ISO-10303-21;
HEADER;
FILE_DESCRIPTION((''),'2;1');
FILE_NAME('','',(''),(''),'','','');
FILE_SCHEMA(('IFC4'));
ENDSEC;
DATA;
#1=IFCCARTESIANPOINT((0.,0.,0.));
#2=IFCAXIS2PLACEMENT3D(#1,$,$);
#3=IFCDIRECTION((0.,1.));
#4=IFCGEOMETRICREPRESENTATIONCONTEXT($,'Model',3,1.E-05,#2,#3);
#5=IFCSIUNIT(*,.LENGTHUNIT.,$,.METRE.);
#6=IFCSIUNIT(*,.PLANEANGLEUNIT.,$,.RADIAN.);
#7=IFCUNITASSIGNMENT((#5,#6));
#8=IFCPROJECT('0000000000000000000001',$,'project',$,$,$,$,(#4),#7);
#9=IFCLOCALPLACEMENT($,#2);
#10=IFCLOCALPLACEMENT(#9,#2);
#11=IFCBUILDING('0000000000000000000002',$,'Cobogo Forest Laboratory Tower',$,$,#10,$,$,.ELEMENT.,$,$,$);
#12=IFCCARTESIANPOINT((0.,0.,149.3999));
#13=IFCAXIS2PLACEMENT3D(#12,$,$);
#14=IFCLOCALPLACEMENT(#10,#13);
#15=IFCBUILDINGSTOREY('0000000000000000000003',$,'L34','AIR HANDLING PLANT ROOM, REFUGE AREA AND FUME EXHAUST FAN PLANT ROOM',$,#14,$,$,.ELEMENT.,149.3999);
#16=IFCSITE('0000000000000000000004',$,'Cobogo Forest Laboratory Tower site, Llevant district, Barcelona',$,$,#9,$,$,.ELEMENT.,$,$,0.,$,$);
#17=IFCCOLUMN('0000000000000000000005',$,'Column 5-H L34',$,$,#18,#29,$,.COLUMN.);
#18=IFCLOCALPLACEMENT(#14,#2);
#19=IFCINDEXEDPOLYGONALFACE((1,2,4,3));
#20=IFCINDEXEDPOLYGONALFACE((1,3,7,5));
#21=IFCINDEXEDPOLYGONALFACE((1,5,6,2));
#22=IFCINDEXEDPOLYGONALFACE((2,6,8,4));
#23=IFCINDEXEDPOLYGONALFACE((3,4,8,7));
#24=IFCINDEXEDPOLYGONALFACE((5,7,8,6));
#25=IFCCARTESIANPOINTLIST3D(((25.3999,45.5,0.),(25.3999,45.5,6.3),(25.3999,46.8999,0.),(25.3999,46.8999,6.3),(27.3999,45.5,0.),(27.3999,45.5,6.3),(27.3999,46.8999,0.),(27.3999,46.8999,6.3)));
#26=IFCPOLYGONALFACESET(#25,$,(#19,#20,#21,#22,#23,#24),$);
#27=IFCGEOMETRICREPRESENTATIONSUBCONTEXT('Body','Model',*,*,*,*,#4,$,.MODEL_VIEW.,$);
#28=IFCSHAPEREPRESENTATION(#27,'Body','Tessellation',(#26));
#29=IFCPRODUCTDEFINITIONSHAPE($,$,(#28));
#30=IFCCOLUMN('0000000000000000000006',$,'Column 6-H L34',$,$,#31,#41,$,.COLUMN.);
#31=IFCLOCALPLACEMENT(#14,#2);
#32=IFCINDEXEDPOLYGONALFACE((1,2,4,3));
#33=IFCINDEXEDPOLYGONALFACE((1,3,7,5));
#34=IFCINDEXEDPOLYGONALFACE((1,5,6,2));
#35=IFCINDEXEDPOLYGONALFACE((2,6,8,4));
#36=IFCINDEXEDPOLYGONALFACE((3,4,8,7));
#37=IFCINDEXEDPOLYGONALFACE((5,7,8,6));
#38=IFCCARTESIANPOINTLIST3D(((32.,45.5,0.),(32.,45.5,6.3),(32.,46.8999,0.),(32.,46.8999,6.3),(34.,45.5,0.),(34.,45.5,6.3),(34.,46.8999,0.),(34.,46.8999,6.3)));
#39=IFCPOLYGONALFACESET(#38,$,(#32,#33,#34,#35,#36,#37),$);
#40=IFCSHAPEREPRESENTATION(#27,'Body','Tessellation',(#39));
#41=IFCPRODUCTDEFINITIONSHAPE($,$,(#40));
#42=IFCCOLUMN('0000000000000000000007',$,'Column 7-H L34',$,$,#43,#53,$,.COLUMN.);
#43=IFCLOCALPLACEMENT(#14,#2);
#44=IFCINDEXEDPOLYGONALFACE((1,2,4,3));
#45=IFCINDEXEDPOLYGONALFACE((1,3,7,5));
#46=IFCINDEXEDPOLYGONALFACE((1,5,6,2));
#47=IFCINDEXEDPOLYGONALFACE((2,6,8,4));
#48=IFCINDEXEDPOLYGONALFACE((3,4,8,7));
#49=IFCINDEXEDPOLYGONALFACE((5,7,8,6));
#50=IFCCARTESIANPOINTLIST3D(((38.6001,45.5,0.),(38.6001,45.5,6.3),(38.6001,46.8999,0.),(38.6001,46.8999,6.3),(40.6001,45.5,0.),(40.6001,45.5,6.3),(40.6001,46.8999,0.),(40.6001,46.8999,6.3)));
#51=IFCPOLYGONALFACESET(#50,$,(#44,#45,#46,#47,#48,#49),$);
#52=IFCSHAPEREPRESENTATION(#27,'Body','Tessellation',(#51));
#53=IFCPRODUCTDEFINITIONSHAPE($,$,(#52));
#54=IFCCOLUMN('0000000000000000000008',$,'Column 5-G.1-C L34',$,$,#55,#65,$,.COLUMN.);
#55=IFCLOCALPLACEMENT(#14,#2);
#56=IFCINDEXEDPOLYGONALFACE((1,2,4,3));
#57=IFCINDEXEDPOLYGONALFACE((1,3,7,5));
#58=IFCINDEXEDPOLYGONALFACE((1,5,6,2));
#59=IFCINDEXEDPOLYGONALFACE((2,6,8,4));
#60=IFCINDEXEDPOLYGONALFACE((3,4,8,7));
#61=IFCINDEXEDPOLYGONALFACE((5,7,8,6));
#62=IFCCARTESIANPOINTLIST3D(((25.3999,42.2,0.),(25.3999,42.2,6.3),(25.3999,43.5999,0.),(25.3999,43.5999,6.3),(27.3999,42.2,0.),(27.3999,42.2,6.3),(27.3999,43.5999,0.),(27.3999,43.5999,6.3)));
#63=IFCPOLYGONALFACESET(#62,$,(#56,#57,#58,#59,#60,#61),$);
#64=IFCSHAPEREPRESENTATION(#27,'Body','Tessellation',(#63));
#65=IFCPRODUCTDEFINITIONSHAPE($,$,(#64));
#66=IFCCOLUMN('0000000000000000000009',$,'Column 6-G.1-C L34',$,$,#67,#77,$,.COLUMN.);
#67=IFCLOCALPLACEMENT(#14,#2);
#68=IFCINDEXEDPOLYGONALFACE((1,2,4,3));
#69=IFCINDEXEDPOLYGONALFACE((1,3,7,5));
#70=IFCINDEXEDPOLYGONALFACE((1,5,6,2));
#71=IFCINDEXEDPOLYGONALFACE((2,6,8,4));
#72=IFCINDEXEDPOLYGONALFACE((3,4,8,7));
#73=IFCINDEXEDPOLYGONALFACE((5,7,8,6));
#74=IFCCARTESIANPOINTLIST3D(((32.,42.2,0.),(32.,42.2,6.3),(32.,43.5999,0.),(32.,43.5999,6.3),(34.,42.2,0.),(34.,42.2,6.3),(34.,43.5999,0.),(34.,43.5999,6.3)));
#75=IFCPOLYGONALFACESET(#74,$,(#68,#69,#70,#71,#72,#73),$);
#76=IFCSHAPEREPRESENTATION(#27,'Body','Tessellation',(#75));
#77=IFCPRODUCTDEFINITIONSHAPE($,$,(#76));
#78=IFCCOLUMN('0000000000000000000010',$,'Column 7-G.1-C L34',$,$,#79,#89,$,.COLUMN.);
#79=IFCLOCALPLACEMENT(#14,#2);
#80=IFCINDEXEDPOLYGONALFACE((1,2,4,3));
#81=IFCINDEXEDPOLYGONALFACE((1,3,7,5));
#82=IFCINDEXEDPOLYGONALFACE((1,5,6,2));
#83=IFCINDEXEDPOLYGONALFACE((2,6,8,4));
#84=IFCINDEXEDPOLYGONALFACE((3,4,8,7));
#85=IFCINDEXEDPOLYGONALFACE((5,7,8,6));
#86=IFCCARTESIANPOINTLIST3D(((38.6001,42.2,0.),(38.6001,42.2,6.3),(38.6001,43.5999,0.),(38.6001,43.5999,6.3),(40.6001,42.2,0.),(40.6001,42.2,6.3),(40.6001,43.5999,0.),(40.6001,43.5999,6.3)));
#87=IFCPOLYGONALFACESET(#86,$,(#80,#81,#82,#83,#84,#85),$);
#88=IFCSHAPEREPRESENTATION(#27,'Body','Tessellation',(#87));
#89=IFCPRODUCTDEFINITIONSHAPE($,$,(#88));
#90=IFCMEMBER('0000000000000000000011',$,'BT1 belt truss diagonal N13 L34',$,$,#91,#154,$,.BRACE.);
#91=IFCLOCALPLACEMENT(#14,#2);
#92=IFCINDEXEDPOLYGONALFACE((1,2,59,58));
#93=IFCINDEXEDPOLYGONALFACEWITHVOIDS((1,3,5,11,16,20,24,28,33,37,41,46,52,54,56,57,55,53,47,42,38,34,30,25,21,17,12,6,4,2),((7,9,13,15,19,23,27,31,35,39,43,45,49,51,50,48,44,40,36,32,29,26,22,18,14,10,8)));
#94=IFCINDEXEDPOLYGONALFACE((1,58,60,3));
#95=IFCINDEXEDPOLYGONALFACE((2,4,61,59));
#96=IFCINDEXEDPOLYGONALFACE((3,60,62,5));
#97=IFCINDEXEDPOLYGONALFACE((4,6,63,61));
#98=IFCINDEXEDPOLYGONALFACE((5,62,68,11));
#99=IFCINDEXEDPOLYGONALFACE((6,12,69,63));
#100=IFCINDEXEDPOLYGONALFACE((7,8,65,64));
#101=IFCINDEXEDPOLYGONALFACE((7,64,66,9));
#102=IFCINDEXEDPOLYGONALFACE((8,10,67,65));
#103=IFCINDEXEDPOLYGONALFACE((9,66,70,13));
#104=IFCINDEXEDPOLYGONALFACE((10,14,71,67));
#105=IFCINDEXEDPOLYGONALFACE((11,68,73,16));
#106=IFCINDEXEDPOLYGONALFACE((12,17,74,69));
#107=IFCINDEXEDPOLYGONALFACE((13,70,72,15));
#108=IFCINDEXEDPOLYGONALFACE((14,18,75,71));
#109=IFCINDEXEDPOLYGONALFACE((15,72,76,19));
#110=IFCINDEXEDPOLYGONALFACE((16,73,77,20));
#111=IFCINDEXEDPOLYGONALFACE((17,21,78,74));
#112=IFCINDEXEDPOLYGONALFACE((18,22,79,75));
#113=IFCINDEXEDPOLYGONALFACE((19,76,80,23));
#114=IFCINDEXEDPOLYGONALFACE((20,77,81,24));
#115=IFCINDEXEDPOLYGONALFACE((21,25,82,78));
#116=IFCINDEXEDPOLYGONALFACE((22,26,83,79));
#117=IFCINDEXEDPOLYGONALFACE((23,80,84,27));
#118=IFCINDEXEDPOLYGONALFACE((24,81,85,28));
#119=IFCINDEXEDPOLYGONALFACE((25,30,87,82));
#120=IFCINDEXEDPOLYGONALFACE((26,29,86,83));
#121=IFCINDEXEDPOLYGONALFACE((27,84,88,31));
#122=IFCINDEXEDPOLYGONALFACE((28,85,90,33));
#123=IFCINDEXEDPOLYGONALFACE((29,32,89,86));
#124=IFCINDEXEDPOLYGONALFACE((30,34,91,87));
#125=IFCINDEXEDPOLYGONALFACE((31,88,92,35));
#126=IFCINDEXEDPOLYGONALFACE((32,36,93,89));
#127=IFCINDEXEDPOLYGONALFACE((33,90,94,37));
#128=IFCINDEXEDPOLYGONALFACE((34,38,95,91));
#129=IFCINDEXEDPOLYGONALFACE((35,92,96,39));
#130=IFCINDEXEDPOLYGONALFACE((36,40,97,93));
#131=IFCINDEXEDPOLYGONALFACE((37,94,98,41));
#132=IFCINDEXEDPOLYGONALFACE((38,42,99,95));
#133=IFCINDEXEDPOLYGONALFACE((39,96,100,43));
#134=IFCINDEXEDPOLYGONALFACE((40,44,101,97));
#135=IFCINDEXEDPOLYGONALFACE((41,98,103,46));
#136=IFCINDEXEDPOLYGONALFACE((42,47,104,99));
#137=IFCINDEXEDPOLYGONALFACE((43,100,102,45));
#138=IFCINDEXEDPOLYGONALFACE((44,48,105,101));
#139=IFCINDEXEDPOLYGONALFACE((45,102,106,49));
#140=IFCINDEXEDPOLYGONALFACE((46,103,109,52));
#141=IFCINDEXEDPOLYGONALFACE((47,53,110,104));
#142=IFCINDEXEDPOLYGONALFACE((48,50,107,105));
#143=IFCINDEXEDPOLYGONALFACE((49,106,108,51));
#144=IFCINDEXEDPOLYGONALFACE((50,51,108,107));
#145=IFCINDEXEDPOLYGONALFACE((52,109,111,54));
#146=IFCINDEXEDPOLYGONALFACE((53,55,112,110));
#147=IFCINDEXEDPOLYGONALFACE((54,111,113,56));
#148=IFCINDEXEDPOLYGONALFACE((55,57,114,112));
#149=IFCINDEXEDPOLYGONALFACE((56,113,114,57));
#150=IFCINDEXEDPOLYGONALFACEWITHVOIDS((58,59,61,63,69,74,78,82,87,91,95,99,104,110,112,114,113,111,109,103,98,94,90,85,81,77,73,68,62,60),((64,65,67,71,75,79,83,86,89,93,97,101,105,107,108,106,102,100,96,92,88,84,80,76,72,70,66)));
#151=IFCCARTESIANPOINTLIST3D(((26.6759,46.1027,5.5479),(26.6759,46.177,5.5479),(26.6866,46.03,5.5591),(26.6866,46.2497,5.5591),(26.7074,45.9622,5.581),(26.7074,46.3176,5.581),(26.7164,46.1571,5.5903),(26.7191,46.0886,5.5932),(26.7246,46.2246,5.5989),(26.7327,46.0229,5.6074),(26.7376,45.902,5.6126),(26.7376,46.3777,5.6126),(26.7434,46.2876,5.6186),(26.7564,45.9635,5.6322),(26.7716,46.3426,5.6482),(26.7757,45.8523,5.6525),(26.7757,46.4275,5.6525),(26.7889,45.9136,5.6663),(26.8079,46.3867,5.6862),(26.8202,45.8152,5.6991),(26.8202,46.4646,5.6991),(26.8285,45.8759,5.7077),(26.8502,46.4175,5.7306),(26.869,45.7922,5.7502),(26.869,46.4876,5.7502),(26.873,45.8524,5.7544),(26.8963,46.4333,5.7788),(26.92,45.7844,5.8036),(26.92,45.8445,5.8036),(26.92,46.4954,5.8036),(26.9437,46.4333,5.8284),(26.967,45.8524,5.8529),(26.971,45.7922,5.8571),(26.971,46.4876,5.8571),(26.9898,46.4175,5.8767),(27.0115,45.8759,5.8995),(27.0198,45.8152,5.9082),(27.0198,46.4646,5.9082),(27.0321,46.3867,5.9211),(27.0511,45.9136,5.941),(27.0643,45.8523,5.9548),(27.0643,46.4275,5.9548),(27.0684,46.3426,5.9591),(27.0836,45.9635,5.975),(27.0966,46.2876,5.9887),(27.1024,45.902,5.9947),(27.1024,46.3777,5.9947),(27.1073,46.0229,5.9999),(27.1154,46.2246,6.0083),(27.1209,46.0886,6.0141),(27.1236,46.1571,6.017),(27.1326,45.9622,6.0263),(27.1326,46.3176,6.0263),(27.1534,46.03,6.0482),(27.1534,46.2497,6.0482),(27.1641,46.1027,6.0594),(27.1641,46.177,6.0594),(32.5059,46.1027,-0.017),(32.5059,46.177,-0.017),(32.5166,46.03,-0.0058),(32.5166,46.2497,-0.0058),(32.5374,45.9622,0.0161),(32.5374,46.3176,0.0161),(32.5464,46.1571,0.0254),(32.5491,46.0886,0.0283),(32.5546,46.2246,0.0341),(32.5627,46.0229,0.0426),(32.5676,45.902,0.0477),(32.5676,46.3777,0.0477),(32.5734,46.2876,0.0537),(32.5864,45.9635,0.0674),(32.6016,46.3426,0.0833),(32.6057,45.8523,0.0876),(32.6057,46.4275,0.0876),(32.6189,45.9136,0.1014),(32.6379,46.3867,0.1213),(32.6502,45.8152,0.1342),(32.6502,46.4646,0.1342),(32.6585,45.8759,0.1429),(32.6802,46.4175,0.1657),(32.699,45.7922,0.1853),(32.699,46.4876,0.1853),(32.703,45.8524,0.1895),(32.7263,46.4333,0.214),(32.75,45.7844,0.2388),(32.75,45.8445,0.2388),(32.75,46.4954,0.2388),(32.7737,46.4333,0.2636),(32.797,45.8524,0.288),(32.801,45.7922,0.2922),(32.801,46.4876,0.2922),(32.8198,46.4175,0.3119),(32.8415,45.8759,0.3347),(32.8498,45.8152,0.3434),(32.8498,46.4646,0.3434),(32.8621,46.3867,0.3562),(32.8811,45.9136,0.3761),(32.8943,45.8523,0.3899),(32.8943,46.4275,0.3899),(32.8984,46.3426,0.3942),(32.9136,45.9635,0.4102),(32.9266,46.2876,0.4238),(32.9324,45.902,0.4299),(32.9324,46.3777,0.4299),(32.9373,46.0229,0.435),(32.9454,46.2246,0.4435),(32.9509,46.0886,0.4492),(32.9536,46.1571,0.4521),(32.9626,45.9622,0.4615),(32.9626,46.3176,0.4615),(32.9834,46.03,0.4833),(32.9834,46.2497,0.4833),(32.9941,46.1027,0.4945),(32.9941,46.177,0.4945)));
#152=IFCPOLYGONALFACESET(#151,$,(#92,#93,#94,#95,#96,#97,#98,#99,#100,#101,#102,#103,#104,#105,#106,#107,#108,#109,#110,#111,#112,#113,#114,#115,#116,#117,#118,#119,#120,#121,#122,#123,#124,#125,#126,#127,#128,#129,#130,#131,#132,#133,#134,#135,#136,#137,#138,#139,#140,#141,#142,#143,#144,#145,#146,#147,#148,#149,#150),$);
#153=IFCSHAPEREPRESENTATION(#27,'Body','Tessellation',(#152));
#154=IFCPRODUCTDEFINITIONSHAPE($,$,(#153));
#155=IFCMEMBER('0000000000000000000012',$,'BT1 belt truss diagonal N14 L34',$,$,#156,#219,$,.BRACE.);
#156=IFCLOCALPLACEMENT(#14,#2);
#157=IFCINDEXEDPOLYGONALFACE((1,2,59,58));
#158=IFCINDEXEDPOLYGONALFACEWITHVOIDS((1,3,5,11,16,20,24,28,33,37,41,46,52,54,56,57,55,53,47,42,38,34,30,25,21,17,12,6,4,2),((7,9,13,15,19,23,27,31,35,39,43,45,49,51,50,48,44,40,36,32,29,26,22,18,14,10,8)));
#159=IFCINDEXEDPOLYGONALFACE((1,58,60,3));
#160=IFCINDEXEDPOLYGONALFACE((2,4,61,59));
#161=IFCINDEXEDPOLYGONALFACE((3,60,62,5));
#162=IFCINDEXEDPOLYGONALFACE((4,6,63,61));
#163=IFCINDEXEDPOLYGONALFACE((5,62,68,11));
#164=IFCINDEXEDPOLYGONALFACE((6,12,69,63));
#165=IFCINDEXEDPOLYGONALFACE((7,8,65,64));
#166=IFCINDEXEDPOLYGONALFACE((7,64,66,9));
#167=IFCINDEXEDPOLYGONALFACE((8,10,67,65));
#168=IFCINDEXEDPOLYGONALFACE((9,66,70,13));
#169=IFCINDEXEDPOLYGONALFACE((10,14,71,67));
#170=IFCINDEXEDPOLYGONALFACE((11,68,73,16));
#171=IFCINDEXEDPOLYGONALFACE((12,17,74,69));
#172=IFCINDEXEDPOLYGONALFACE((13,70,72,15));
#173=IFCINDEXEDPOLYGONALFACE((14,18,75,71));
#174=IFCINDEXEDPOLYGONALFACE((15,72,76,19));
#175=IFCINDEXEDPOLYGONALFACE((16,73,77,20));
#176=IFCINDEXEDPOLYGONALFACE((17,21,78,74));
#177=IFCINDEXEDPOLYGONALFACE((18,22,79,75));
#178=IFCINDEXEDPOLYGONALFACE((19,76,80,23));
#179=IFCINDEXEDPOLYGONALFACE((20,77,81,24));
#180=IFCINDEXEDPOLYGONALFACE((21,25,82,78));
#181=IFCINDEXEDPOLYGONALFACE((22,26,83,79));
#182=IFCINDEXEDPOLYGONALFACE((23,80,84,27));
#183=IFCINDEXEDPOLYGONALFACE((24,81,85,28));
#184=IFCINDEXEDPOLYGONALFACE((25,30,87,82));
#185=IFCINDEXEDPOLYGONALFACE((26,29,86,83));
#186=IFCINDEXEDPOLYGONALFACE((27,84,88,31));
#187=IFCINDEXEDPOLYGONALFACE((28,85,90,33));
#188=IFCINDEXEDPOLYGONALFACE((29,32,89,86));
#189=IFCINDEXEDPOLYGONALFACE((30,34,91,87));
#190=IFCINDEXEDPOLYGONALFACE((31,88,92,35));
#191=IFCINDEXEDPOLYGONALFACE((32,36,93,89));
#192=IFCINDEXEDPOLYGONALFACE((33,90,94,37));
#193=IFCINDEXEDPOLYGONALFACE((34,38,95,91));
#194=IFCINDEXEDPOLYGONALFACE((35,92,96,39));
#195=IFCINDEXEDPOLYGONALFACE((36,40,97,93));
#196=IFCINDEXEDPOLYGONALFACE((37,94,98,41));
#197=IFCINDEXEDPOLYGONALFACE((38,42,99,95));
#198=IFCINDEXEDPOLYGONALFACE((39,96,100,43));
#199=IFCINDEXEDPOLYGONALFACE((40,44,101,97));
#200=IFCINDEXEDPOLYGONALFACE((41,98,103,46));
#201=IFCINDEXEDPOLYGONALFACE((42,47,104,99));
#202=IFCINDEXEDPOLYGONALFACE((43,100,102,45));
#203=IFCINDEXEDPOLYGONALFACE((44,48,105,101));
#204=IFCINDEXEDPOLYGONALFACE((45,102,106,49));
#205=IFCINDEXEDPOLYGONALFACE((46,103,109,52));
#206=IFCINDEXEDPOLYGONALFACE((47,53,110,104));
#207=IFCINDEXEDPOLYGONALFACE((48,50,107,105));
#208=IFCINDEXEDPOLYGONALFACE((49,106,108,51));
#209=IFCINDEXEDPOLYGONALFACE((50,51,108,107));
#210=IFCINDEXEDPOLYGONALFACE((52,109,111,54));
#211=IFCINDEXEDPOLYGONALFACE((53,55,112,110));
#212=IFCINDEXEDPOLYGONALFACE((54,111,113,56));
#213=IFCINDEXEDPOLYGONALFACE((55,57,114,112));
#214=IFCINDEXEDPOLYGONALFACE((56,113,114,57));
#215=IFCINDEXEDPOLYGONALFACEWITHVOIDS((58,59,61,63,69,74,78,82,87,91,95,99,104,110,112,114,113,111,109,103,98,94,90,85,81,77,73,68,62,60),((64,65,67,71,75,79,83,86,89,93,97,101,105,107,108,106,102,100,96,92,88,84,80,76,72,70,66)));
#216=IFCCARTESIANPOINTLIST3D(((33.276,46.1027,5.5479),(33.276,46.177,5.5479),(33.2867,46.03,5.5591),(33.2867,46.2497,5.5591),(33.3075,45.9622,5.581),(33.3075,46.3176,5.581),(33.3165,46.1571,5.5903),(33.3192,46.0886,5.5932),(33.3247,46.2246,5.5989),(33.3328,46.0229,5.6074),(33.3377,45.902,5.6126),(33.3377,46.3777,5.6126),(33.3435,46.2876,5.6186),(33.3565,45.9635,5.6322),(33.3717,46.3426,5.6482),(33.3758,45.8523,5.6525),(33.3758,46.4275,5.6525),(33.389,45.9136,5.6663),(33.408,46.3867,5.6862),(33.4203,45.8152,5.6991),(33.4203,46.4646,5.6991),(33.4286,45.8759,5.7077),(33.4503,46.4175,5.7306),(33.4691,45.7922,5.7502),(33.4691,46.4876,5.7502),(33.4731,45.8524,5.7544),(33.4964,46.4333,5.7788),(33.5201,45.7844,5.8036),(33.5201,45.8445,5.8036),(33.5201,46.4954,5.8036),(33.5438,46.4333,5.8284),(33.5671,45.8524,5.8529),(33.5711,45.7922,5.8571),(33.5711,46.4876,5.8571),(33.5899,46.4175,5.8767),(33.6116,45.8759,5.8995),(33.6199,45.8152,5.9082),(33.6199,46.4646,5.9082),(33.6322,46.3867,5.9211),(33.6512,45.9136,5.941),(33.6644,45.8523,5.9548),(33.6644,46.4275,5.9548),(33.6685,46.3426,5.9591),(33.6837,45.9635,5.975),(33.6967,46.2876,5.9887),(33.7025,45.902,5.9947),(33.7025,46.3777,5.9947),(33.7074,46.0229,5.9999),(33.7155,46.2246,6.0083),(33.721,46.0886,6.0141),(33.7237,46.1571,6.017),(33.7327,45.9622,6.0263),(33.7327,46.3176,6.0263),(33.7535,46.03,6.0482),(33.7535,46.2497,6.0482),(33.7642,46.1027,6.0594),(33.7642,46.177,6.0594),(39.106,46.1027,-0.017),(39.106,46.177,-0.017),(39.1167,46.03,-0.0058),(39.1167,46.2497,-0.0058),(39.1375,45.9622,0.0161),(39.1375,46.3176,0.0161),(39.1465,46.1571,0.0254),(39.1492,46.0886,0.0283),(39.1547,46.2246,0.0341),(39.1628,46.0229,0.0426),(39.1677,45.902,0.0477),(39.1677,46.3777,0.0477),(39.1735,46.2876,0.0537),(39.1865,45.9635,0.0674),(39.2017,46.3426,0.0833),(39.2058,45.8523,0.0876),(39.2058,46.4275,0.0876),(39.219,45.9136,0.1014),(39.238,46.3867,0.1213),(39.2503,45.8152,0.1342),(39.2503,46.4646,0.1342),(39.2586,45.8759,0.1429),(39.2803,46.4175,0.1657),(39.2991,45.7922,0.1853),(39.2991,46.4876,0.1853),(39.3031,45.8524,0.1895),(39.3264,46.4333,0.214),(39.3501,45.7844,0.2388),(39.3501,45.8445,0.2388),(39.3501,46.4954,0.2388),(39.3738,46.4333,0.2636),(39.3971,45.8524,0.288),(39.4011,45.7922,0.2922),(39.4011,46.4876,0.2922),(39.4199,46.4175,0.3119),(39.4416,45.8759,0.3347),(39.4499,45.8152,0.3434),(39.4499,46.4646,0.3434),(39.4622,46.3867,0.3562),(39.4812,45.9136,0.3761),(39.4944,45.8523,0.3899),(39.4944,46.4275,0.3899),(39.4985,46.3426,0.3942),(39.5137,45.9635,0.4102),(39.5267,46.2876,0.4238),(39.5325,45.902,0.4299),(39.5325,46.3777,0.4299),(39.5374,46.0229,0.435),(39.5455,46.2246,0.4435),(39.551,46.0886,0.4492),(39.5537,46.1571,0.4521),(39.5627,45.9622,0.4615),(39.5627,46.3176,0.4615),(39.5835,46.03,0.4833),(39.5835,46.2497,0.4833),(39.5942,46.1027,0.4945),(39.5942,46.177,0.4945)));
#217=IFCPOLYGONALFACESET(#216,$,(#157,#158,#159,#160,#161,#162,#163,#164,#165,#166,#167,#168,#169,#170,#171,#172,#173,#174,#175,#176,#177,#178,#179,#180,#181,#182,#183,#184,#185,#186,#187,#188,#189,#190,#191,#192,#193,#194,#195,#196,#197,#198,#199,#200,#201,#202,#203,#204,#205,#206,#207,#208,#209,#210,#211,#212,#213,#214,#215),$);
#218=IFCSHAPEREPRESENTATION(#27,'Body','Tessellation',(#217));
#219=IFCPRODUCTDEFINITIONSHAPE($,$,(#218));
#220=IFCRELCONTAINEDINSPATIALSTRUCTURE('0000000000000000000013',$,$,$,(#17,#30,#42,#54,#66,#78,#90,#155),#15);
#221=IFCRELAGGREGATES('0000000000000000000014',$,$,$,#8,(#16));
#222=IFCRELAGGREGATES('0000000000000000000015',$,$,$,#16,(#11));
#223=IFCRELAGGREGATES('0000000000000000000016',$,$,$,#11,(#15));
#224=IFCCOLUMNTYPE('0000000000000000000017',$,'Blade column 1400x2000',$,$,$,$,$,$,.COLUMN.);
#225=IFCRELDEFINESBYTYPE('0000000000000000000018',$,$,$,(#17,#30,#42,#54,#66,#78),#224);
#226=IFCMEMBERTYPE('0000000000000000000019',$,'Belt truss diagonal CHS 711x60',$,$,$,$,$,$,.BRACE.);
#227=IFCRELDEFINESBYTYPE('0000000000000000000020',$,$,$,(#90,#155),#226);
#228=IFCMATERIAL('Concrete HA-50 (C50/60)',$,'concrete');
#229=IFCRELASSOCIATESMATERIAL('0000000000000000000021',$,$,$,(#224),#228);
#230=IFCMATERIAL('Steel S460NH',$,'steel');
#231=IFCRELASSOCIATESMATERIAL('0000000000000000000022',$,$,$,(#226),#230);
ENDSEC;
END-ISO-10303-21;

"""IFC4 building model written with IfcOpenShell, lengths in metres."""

from ifc_helpers import new_model, si_unit, direction, frame, origin, origin_2d, place, context, subcontext, project, spatial, rectangle, hollow_circle, extrude, material, material_profile, profile_set, type_object, element, save


model = new_model("IFC4")

# Units and contexts
model_context = context("Model", 3, precision=1e-05, world=origin(), true_north=direction((0.0, 1.0)))
body_context = subcontext(model_context, "Body", "Model", "MODEL_VIEW")
ifc_project = project(units=[si_unit("LENGTHUNIT", "METRE"), si_unit("PLANEANGLEUNIT", "RADIAN")], contexts=[model_context])

# Site, building, storey
site_placement = place(None, origin())
site = spatial("IfcSite", under=ifc_project, at=site_placement, Name="Cobogo Forest Laboratory Tower site, Llevant district, Barcelona", CompositionType="ELEMENT", RefElevation=0.0)
building_placement = place(site_placement, origin())
building = spatial("IfcBuilding", under=site, at=building_placement, Name="Cobogo Forest Laboratory Tower", CompositionType="ELEMENT")
storey_placement = place(building_placement, frame((0.0, 0.0, 149.3999)))
storey = spatial("IfcBuildingStorey", under=building, at=storey_placement, Name="L34", Description="AIR HANDLING PLANT ROOM, REFUGE AREA AND FUME EXHAUST FAN PLANT ROOM", CompositionType="ELEMENT", Elevation=149.3999)

# Columns
ifc_material_1 = material(Name="Concrete HA-50 (C50/60)", Category="concrete")
ifc_material_profile_1 = material_profile(ifc_material_1, rectangle(XDim=2.0, YDim=1.3999, at=origin_2d()), Name="RC 1400x2000")
ifc_profile_set_1 = profile_set([ifc_material_profile_1], Name="Concrete HA-50 (C50/60)")
column_type = type_object("IfcColumnType", Name="Blade column 1400x2000", PredefinedType="COLUMN", material=ifc_profile_set_1)
for number, where, z_axis, x_axis, name in (
    (1, (26.3999, 46.2, 0.0), (0.0, 0.0, 1.0), (1.0, 0.0, 0.0), "Column 5-H L34"),
    (2, (33.0, 46.2, 0.0), (0.0, 0.0, 1.0), (1.0, 0.0, 0.0), "Column 6-H L34"),
    (3, (39.6001, 46.2, 0.0), (0.0, 0.0, 1.0), (1.0, 0.0, 0.0), "Column 7-H L34"),
    (4, (26.3999, 42.8999, 0.0), (0.0, 0.0, 1.0), (1.0, 0.0, 0.0), "Column 5-G.1-C L34"),
    (5, (33.0, 42.8999, 0.0), (0.0, 0.0, 1.0), (1.0, 0.0, 0.0), "Column 6-G.1-C L34"),
    (6, (39.6001, 42.8999, 0.0), (0.0, 0.0, 1.0), (1.0, 0.0, 0.0), "Column 7-G.1-C L34"),
):
    element("IfcColumn", number, at=place(storey_placement, frame(where, z_axis=z_axis, x_axis=x_axis)), inside=storey, type_object=column_type, Name=name, PredefinedType="COLUMN", context=body_context, shape_type="SweptSolid", body=[
        extrude(rectangle(XDim=2.0, YDim=1.3999, at=origin_2d()), origin(), (0.0, 0.0, 1.0), 6.3),
    ])

# Members
ifc_material_2 = material(Name="Steel S460NH", Category="steel")
ifc_material_profile_2 = material_profile(ifc_material_2, hollow_circle(Radius=0.3555, WallThickness=0.0601, at=origin_2d()), Name="CHS 711x60")
ifc_profile_set_2 = profile_set([ifc_material_profile_2], Name="Steel S460NH")
member_type_1 = type_object("IfcMemberType", Name="Belt truss diagonal CHS 711x60", PredefinedType="BRACE", material=ifc_profile_set_2)
for number, where, z_axis, x_axis, name in (
    (7, (32.75, 46.1399, 0.2388), (-0.723364, 0.0, 0.690467), (0.0, -1.0, 0.0), "BT1 belt truss diagonal N13 L34"),
    (8, (39.3501, 46.1399, 0.2388), (-0.723364, 0.0, 0.690467), (0.0, -1.0, 0.0), "BT1 belt truss diagonal N14 L34"),
):
    element("IfcMember", number, at=place(storey_placement, frame(where, z_axis=z_axis, x_axis=x_axis)), inside=storey, type_object=member_type_1, Name=name, PredefinedType="BRACE", context=body_context, shape_type="SweptSolid", body=[
        extrude(hollow_circle(Radius=0.3555, WallThickness=0.0601, at=origin_2d()), origin(), (0.0, 0.0, 1.0), 8.0596),
    ])

save(model, "model.ifc")
